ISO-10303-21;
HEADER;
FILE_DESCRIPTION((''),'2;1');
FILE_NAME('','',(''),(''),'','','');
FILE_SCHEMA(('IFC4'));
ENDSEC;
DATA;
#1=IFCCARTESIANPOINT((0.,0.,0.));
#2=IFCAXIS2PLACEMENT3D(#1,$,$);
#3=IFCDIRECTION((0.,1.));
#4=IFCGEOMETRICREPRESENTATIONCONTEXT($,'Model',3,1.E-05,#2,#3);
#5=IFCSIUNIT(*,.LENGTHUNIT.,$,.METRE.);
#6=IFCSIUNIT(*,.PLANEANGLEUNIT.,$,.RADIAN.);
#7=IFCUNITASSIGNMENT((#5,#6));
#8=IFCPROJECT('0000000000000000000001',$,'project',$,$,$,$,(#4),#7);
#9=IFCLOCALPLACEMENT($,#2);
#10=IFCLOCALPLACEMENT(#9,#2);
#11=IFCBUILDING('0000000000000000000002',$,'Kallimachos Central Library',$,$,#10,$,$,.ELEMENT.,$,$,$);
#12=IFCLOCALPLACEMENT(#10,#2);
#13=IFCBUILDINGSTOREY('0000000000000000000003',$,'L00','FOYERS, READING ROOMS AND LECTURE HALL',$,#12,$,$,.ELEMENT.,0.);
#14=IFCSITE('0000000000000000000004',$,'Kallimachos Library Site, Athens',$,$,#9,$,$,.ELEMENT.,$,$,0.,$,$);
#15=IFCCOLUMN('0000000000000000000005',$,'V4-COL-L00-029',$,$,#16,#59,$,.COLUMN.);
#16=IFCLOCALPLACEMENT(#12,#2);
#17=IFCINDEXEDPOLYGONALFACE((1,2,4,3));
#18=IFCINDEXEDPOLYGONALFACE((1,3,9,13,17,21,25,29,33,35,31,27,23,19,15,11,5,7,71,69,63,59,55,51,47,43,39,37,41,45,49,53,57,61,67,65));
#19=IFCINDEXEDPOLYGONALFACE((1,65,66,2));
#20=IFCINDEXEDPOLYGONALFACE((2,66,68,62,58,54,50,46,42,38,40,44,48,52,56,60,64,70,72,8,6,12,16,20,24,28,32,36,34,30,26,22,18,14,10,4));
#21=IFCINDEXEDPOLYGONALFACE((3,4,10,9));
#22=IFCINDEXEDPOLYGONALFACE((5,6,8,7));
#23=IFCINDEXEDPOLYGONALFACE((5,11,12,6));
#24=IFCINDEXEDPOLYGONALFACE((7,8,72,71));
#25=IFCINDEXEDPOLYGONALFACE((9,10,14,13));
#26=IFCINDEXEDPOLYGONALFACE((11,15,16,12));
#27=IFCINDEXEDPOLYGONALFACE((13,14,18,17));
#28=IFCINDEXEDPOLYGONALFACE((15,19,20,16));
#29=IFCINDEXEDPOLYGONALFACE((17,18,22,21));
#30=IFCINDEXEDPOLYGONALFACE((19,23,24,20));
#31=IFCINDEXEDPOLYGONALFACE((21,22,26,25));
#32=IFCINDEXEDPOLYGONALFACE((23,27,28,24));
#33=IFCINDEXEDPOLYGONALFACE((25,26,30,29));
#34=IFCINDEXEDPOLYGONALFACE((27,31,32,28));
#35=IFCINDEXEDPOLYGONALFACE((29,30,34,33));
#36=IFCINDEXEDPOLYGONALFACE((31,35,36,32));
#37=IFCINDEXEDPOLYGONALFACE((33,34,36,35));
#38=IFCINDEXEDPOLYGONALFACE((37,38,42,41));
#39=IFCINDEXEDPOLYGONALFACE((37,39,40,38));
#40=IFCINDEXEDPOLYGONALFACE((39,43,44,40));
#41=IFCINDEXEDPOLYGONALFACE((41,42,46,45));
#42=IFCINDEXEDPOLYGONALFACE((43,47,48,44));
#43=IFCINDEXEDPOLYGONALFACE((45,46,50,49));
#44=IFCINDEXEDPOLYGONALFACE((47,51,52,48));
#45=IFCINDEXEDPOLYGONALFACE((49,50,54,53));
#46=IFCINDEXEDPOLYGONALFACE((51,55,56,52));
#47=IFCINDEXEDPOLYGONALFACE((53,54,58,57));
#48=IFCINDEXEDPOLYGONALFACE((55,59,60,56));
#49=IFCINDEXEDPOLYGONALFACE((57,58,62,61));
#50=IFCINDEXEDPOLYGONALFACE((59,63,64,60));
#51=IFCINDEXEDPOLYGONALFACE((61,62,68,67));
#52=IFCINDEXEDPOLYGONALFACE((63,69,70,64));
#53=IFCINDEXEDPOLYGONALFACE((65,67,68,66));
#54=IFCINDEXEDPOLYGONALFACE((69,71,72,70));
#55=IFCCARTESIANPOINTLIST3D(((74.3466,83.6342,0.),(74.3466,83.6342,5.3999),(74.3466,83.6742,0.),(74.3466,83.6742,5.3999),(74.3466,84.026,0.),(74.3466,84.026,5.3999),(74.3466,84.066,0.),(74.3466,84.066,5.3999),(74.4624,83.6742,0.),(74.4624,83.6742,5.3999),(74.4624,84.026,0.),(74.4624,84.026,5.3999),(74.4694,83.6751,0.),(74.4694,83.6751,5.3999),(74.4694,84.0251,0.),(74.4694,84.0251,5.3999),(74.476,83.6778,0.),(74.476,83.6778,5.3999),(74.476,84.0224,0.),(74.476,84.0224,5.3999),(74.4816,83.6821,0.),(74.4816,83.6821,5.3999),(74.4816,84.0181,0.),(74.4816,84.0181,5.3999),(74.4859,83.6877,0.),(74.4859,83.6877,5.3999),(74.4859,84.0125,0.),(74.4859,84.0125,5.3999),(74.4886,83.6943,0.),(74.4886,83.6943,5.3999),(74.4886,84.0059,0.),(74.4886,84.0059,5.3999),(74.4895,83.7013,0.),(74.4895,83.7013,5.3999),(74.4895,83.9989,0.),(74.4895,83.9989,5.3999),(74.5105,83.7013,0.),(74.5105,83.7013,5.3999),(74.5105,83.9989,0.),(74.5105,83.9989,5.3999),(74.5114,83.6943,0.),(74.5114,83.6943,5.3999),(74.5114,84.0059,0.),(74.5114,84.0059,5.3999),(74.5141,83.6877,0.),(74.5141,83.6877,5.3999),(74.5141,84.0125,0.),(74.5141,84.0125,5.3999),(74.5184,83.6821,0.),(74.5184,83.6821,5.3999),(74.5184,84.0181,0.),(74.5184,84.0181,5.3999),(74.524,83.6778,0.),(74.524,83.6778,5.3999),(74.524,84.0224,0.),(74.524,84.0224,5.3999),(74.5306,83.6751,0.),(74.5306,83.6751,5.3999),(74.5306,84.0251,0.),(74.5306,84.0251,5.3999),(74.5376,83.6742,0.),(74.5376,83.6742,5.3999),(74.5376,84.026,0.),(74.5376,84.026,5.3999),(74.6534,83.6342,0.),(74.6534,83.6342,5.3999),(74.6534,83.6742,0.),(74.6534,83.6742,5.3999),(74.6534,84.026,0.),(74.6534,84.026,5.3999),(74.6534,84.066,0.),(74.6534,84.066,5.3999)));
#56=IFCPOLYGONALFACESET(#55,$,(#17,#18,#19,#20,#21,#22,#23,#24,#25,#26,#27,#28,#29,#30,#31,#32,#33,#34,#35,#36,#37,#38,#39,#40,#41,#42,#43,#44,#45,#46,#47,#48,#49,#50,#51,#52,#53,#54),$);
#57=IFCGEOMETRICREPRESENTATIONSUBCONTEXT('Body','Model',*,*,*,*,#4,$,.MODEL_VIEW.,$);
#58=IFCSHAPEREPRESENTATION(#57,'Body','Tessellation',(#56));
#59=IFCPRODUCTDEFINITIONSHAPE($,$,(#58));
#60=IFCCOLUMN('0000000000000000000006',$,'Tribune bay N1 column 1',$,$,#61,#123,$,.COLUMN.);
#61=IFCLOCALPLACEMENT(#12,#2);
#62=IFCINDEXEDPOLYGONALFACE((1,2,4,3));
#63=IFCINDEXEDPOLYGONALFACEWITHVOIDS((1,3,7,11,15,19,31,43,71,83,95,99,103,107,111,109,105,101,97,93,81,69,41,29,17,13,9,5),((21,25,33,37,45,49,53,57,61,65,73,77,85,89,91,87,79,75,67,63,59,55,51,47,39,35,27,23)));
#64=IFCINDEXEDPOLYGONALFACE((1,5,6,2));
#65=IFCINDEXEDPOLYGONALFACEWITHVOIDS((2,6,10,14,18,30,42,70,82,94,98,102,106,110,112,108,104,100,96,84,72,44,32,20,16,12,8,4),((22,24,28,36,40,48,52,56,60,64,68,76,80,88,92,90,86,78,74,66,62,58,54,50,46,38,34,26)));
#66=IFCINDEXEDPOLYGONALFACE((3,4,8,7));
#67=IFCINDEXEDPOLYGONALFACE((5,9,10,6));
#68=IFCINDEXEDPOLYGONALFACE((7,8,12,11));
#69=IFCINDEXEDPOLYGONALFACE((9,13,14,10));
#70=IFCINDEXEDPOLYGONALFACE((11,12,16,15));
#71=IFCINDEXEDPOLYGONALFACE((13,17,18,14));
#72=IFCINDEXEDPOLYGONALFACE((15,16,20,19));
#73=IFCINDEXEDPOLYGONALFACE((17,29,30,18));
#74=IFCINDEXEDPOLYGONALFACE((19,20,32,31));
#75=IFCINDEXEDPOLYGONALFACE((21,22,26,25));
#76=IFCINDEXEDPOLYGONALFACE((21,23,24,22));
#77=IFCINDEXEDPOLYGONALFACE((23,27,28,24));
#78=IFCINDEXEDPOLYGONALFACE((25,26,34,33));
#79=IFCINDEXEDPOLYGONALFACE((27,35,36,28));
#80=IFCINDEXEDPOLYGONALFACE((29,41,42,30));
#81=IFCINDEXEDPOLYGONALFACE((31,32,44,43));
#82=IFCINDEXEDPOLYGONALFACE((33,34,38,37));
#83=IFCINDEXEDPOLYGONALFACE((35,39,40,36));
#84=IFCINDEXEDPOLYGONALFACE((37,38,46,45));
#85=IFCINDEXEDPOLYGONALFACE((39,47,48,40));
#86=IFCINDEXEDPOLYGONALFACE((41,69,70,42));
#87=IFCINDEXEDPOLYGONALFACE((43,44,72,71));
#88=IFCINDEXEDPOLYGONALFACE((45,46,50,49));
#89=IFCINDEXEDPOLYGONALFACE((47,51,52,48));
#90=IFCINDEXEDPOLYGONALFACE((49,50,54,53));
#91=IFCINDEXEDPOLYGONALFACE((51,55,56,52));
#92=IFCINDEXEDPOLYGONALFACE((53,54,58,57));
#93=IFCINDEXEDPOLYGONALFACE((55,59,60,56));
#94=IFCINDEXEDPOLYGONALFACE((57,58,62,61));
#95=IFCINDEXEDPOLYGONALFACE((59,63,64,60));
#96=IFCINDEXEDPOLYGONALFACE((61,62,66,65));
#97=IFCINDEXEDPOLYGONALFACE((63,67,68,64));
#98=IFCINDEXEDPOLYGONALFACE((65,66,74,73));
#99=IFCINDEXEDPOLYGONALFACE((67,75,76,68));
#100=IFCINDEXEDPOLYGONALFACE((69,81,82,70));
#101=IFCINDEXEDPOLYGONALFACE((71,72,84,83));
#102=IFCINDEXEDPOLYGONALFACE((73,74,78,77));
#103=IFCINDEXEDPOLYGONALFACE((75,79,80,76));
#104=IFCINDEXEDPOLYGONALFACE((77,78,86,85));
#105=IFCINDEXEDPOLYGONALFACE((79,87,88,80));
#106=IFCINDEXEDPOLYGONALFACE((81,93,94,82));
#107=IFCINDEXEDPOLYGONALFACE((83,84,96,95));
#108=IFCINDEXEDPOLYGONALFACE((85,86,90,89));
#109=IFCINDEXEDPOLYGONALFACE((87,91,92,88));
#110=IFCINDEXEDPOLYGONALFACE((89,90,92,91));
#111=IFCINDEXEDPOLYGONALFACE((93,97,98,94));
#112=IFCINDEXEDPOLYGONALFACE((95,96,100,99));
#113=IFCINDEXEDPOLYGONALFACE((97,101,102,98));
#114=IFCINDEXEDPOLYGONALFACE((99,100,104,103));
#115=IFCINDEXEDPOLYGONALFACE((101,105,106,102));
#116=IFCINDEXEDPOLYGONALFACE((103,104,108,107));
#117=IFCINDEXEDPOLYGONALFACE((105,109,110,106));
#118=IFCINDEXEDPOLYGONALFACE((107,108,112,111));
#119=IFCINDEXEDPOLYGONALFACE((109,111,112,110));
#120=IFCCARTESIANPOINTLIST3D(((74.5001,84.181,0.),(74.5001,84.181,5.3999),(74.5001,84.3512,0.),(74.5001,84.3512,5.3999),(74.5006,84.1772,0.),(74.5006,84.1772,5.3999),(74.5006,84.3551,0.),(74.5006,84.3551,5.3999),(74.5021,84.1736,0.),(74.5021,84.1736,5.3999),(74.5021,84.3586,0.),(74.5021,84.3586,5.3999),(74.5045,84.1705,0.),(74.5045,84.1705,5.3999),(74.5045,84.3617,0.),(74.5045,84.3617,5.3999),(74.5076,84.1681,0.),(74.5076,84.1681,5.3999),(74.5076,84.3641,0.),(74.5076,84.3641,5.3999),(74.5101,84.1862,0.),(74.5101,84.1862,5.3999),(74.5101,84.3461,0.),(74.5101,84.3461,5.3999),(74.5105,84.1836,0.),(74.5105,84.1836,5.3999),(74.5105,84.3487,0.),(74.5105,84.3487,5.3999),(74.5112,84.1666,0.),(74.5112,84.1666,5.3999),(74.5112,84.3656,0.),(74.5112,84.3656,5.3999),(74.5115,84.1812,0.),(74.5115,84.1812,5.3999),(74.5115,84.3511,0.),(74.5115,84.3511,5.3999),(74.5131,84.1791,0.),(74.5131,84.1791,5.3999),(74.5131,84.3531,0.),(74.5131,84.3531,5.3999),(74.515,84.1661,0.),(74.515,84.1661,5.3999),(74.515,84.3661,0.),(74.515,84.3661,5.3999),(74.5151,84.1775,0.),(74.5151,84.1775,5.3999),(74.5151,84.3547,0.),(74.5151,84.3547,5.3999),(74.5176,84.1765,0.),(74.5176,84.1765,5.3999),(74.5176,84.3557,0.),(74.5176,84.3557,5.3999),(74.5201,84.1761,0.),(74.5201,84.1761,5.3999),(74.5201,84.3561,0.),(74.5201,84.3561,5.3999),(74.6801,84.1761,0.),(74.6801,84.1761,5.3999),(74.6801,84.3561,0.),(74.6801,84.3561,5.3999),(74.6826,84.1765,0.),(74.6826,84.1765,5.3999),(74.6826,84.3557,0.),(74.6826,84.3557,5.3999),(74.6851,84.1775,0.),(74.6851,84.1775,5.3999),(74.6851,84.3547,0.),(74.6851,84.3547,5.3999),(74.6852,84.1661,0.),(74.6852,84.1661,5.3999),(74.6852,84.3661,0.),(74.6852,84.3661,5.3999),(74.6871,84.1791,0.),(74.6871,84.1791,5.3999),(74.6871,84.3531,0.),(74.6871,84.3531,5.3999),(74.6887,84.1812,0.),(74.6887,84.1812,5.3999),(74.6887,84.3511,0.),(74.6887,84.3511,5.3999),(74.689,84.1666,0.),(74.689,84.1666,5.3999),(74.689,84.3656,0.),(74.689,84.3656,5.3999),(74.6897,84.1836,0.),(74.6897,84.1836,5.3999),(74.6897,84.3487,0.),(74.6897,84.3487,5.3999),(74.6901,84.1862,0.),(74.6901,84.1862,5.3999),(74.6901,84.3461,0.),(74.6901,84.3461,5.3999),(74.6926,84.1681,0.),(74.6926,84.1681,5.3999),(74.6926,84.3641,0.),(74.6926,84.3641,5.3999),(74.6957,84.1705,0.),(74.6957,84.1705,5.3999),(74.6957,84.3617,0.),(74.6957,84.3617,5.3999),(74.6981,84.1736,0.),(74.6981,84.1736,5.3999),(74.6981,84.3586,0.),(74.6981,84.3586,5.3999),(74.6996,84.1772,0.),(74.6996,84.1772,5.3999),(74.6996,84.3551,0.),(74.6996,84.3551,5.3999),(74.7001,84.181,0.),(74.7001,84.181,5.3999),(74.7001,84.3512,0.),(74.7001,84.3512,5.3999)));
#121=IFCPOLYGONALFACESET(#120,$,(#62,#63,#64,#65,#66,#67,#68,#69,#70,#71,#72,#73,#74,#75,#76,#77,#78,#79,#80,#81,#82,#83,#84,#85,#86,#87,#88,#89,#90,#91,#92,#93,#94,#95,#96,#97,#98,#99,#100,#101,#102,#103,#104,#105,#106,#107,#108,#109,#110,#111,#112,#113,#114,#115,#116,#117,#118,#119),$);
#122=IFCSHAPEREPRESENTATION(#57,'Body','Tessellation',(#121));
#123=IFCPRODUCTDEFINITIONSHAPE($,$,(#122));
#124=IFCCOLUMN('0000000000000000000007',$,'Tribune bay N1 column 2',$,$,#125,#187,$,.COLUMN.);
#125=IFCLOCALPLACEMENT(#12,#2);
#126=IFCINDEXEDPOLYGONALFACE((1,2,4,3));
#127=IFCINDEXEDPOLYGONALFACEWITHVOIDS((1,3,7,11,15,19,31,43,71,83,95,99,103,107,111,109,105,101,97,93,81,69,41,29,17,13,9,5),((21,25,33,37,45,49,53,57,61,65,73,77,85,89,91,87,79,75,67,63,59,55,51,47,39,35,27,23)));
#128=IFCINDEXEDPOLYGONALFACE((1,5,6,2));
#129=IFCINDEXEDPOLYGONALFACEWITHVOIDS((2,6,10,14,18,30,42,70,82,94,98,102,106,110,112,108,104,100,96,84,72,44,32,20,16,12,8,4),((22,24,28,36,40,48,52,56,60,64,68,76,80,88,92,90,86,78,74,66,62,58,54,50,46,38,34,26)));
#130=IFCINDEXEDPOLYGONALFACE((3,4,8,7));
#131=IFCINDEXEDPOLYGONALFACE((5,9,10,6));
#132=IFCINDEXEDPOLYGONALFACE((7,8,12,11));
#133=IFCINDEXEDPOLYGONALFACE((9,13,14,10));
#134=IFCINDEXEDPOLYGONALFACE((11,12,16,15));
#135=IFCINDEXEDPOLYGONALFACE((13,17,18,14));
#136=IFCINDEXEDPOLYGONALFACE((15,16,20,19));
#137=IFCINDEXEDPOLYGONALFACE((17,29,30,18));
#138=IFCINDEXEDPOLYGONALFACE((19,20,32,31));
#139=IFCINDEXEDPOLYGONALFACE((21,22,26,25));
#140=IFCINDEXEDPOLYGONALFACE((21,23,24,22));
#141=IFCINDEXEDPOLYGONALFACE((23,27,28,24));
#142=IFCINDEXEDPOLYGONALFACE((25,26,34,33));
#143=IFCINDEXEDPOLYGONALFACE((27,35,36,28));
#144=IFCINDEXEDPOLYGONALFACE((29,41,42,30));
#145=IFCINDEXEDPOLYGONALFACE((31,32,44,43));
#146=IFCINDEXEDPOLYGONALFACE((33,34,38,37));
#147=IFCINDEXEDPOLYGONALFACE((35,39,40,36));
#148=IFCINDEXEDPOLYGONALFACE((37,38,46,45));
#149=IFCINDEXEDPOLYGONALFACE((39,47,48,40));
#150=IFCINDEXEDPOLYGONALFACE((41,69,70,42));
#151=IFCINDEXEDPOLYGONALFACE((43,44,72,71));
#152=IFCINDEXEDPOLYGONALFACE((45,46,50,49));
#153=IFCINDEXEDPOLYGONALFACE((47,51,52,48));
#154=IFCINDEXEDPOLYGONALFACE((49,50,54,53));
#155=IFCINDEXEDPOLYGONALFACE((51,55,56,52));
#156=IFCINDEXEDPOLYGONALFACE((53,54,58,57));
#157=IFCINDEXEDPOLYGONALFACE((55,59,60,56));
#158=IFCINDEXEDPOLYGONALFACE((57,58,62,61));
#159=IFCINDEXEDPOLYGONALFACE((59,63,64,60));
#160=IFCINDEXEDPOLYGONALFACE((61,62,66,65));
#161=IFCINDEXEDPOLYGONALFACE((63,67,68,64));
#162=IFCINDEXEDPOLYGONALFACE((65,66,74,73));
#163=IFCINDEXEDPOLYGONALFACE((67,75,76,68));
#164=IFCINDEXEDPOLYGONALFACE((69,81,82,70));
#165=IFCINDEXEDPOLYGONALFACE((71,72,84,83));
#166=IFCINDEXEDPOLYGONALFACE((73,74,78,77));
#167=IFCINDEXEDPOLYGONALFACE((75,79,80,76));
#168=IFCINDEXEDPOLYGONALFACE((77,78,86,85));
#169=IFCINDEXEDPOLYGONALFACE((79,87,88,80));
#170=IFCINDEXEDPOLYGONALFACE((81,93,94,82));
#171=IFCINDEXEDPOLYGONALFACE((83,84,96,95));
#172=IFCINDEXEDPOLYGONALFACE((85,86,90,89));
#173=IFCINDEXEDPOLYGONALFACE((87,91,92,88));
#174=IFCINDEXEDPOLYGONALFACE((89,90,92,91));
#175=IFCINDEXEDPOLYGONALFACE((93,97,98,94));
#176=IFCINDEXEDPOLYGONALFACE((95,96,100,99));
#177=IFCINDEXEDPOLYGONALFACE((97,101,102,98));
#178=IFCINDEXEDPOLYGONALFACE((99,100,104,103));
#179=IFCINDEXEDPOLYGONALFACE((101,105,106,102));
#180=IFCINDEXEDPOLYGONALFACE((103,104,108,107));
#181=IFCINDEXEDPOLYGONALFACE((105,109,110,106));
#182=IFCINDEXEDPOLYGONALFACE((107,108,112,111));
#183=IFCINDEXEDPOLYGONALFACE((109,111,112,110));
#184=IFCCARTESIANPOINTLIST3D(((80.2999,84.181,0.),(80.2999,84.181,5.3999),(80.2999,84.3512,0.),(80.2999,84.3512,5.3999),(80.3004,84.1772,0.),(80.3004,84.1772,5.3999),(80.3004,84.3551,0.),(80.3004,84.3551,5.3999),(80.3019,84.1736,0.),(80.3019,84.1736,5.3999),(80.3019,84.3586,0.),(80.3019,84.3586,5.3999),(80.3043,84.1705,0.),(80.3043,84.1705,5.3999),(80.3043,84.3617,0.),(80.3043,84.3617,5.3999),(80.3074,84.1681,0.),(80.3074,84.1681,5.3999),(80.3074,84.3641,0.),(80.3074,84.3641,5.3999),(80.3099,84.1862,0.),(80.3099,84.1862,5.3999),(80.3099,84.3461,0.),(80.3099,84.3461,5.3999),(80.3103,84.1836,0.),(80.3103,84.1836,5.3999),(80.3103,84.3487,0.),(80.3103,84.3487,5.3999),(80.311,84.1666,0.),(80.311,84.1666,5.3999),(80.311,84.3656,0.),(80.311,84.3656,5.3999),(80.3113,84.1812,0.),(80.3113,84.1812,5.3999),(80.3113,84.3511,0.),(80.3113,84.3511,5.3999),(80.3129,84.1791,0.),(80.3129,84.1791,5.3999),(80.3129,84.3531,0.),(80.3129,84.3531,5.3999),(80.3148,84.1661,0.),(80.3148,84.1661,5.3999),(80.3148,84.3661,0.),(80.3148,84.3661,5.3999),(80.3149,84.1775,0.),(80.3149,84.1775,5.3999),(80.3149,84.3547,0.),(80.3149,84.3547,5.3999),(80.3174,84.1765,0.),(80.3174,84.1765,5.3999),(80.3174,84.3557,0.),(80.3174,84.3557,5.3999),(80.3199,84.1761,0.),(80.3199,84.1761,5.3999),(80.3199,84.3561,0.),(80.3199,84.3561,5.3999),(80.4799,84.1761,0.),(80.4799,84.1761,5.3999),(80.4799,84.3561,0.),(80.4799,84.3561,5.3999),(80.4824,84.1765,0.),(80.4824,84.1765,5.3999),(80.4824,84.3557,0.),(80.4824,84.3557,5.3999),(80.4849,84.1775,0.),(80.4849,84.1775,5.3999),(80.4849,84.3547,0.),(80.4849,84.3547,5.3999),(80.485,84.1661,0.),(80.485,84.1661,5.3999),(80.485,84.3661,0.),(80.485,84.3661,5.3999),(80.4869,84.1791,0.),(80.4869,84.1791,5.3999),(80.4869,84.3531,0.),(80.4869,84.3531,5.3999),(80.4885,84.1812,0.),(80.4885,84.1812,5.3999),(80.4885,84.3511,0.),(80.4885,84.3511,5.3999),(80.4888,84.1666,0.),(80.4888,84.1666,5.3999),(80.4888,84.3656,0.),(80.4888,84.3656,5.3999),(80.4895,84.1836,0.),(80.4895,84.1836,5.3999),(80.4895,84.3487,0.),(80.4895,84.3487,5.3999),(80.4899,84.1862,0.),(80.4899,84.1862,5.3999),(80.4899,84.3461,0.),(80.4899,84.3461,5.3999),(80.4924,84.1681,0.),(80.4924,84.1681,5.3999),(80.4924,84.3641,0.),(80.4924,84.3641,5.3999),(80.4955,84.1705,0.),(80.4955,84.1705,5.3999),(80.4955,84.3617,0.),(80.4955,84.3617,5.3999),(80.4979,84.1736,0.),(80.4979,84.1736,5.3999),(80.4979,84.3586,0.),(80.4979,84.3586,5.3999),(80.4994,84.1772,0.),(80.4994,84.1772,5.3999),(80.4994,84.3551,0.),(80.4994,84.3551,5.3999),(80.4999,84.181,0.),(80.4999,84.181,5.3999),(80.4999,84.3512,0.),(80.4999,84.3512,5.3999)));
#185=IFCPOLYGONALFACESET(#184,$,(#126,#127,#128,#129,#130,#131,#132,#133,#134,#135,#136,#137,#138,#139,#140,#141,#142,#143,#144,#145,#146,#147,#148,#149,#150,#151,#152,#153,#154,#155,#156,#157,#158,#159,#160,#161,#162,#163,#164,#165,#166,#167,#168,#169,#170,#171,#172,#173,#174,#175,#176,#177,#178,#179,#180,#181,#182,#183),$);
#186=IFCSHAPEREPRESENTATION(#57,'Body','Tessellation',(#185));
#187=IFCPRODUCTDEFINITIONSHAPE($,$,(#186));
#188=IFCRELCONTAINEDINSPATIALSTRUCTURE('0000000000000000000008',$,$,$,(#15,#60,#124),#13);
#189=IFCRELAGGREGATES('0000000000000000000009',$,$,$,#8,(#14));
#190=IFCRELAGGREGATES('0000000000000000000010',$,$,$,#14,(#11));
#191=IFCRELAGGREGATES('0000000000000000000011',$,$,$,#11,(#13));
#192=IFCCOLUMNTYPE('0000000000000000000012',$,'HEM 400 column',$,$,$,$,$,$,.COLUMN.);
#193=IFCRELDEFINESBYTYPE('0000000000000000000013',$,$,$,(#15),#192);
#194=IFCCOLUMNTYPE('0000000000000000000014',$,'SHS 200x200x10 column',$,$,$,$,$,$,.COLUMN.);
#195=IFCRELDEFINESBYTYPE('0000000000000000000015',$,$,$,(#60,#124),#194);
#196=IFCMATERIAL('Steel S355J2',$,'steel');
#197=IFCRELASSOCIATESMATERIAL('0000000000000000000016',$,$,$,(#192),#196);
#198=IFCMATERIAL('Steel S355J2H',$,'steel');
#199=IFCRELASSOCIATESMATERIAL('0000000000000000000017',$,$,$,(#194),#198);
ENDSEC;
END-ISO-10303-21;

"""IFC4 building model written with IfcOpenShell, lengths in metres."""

from ifc_helpers import new_model, si_unit, direction, frame, origin, origin_2d, place, context, subcontext, project, spatial, hollow_rectangle, i_section, extrude, material, material_profile, profile_set, type_object, element, save


model = new_model("IFC4")

# Units and contexts
model_context = context("Model", 3, precision=1e-05, world=origin(), true_north=direction((0.0, 1.0)))
body_context = subcontext(model_context, "Body", "Model", "MODEL_VIEW")
ifc_project = project(units=[si_unit("LENGTHUNIT", "METRE"), si_unit("PLANEANGLEUNIT", "RADIAN")], contexts=[model_context])

# Site, building, storey
site_placement = place(None, origin())
site = spatial("IfcSite", under=ifc_project, at=site_placement, Name="Kallimachos Library Site, Athens", CompositionType="ELEMENT", RefElevation=0.0)
building_placement = place(site_placement, origin())
building = spatial("IfcBuilding", under=site, at=building_placement, Name="Kallimachos Central Library", CompositionType="ELEMENT")
storey_placement = place(building_placement, origin())
storey = spatial("IfcBuildingStorey", under=building, at=storey_placement, Name="L00", Description="FOYERS, READING ROOMS AND LECTURE HALL", CompositionType="ELEMENT", Elevation=0.0)

# Columns
ifc_material_1 = material(Name="Steel S355J2", Category="steel")
ifc_material_profile_1 = material_profile(ifc_material_1, i_section(OverallWidth=0.3069, OverallDepth=0.4319, WebThickness=0.021, FlangeThickness=0.04, FilletRadius=0.0271, at=origin_2d()), Name="HEM 400")
ifc_profile_set_1 = profile_set([ifc_material_profile_1], Name="Steel S355J2")
column_type_1 = type_object("IfcColumnType", Name="HEM 400 column", PredefinedType="COLUMN", material=ifc_profile_set_1)
column_placement = place(storey_placement, frame((74.5, 83.8501, 0.0), z_axis=(0.0, 0.0, 1.0), x_axis=(1.0, 0.0, 0.0)))
element("IfcColumn", 1, at=column_placement, inside=storey, type_object=column_type_1, Name="V4-COL-L00-029", PredefinedType="COLUMN", context=body_context, shape_type="SweptSolid", body=[
    extrude(i_section(OverallWidth=0.3069, OverallDepth=0.4319, WebThickness=0.021, FlangeThickness=0.04, FilletRadius=0.0271, at=origin_2d()), origin(), (0.0, 0.0, 1.0), 5.3999),
])
ifc_material_2 = material(Name="Steel S355J2H", Category="steel")
ifc_material_profile_2 = material_profile(ifc_material_2, hollow_rectangle(XDim=0.2, YDim=0.2, WallThickness=0.01, InnerFilletRadius=0.01, OuterFilletRadius=0.0149, at=origin_2d()), Name="SHS 200x200x10")
ifc_profile_set_2 = profile_set([ifc_material_profile_2], Name="Steel S355J2H")
column_type_2 = type_object("IfcColumnType", Name="SHS 200x200x10 column", PredefinedType="COLUMN", material=ifc_profile_set_2)
for number, where, z_axis, x_axis, name in (
    (2, (74.6001, 84.2661, 0.0), (0.0, 0.0, 1.0), (1.0, 0.0, 0.0), "Tribune bay N1 column 1"),
    (3, (80.3999, 84.2661, 0.0), (0.0, 0.0, 1.0), (1.0, 0.0, 0.0), "Tribune bay N1 column 2"),
):
    element("IfcColumn", number, at=place(storey_placement, frame(where, z_axis=z_axis, x_axis=x_axis)), inside=storey, type_object=column_type_2, Name=name, PredefinedType="COLUMN", context=body_context, shape_type="SweptSolid", body=[
        extrude(hollow_rectangle(XDim=0.2, YDim=0.2, WallThickness=0.01, InnerFilletRadius=0.01, OuterFilletRadius=0.0149, at=origin_2d()), origin(), (0.0, 0.0, 1.0), 5.3999),
    ])

save(model, "model.ifc")
